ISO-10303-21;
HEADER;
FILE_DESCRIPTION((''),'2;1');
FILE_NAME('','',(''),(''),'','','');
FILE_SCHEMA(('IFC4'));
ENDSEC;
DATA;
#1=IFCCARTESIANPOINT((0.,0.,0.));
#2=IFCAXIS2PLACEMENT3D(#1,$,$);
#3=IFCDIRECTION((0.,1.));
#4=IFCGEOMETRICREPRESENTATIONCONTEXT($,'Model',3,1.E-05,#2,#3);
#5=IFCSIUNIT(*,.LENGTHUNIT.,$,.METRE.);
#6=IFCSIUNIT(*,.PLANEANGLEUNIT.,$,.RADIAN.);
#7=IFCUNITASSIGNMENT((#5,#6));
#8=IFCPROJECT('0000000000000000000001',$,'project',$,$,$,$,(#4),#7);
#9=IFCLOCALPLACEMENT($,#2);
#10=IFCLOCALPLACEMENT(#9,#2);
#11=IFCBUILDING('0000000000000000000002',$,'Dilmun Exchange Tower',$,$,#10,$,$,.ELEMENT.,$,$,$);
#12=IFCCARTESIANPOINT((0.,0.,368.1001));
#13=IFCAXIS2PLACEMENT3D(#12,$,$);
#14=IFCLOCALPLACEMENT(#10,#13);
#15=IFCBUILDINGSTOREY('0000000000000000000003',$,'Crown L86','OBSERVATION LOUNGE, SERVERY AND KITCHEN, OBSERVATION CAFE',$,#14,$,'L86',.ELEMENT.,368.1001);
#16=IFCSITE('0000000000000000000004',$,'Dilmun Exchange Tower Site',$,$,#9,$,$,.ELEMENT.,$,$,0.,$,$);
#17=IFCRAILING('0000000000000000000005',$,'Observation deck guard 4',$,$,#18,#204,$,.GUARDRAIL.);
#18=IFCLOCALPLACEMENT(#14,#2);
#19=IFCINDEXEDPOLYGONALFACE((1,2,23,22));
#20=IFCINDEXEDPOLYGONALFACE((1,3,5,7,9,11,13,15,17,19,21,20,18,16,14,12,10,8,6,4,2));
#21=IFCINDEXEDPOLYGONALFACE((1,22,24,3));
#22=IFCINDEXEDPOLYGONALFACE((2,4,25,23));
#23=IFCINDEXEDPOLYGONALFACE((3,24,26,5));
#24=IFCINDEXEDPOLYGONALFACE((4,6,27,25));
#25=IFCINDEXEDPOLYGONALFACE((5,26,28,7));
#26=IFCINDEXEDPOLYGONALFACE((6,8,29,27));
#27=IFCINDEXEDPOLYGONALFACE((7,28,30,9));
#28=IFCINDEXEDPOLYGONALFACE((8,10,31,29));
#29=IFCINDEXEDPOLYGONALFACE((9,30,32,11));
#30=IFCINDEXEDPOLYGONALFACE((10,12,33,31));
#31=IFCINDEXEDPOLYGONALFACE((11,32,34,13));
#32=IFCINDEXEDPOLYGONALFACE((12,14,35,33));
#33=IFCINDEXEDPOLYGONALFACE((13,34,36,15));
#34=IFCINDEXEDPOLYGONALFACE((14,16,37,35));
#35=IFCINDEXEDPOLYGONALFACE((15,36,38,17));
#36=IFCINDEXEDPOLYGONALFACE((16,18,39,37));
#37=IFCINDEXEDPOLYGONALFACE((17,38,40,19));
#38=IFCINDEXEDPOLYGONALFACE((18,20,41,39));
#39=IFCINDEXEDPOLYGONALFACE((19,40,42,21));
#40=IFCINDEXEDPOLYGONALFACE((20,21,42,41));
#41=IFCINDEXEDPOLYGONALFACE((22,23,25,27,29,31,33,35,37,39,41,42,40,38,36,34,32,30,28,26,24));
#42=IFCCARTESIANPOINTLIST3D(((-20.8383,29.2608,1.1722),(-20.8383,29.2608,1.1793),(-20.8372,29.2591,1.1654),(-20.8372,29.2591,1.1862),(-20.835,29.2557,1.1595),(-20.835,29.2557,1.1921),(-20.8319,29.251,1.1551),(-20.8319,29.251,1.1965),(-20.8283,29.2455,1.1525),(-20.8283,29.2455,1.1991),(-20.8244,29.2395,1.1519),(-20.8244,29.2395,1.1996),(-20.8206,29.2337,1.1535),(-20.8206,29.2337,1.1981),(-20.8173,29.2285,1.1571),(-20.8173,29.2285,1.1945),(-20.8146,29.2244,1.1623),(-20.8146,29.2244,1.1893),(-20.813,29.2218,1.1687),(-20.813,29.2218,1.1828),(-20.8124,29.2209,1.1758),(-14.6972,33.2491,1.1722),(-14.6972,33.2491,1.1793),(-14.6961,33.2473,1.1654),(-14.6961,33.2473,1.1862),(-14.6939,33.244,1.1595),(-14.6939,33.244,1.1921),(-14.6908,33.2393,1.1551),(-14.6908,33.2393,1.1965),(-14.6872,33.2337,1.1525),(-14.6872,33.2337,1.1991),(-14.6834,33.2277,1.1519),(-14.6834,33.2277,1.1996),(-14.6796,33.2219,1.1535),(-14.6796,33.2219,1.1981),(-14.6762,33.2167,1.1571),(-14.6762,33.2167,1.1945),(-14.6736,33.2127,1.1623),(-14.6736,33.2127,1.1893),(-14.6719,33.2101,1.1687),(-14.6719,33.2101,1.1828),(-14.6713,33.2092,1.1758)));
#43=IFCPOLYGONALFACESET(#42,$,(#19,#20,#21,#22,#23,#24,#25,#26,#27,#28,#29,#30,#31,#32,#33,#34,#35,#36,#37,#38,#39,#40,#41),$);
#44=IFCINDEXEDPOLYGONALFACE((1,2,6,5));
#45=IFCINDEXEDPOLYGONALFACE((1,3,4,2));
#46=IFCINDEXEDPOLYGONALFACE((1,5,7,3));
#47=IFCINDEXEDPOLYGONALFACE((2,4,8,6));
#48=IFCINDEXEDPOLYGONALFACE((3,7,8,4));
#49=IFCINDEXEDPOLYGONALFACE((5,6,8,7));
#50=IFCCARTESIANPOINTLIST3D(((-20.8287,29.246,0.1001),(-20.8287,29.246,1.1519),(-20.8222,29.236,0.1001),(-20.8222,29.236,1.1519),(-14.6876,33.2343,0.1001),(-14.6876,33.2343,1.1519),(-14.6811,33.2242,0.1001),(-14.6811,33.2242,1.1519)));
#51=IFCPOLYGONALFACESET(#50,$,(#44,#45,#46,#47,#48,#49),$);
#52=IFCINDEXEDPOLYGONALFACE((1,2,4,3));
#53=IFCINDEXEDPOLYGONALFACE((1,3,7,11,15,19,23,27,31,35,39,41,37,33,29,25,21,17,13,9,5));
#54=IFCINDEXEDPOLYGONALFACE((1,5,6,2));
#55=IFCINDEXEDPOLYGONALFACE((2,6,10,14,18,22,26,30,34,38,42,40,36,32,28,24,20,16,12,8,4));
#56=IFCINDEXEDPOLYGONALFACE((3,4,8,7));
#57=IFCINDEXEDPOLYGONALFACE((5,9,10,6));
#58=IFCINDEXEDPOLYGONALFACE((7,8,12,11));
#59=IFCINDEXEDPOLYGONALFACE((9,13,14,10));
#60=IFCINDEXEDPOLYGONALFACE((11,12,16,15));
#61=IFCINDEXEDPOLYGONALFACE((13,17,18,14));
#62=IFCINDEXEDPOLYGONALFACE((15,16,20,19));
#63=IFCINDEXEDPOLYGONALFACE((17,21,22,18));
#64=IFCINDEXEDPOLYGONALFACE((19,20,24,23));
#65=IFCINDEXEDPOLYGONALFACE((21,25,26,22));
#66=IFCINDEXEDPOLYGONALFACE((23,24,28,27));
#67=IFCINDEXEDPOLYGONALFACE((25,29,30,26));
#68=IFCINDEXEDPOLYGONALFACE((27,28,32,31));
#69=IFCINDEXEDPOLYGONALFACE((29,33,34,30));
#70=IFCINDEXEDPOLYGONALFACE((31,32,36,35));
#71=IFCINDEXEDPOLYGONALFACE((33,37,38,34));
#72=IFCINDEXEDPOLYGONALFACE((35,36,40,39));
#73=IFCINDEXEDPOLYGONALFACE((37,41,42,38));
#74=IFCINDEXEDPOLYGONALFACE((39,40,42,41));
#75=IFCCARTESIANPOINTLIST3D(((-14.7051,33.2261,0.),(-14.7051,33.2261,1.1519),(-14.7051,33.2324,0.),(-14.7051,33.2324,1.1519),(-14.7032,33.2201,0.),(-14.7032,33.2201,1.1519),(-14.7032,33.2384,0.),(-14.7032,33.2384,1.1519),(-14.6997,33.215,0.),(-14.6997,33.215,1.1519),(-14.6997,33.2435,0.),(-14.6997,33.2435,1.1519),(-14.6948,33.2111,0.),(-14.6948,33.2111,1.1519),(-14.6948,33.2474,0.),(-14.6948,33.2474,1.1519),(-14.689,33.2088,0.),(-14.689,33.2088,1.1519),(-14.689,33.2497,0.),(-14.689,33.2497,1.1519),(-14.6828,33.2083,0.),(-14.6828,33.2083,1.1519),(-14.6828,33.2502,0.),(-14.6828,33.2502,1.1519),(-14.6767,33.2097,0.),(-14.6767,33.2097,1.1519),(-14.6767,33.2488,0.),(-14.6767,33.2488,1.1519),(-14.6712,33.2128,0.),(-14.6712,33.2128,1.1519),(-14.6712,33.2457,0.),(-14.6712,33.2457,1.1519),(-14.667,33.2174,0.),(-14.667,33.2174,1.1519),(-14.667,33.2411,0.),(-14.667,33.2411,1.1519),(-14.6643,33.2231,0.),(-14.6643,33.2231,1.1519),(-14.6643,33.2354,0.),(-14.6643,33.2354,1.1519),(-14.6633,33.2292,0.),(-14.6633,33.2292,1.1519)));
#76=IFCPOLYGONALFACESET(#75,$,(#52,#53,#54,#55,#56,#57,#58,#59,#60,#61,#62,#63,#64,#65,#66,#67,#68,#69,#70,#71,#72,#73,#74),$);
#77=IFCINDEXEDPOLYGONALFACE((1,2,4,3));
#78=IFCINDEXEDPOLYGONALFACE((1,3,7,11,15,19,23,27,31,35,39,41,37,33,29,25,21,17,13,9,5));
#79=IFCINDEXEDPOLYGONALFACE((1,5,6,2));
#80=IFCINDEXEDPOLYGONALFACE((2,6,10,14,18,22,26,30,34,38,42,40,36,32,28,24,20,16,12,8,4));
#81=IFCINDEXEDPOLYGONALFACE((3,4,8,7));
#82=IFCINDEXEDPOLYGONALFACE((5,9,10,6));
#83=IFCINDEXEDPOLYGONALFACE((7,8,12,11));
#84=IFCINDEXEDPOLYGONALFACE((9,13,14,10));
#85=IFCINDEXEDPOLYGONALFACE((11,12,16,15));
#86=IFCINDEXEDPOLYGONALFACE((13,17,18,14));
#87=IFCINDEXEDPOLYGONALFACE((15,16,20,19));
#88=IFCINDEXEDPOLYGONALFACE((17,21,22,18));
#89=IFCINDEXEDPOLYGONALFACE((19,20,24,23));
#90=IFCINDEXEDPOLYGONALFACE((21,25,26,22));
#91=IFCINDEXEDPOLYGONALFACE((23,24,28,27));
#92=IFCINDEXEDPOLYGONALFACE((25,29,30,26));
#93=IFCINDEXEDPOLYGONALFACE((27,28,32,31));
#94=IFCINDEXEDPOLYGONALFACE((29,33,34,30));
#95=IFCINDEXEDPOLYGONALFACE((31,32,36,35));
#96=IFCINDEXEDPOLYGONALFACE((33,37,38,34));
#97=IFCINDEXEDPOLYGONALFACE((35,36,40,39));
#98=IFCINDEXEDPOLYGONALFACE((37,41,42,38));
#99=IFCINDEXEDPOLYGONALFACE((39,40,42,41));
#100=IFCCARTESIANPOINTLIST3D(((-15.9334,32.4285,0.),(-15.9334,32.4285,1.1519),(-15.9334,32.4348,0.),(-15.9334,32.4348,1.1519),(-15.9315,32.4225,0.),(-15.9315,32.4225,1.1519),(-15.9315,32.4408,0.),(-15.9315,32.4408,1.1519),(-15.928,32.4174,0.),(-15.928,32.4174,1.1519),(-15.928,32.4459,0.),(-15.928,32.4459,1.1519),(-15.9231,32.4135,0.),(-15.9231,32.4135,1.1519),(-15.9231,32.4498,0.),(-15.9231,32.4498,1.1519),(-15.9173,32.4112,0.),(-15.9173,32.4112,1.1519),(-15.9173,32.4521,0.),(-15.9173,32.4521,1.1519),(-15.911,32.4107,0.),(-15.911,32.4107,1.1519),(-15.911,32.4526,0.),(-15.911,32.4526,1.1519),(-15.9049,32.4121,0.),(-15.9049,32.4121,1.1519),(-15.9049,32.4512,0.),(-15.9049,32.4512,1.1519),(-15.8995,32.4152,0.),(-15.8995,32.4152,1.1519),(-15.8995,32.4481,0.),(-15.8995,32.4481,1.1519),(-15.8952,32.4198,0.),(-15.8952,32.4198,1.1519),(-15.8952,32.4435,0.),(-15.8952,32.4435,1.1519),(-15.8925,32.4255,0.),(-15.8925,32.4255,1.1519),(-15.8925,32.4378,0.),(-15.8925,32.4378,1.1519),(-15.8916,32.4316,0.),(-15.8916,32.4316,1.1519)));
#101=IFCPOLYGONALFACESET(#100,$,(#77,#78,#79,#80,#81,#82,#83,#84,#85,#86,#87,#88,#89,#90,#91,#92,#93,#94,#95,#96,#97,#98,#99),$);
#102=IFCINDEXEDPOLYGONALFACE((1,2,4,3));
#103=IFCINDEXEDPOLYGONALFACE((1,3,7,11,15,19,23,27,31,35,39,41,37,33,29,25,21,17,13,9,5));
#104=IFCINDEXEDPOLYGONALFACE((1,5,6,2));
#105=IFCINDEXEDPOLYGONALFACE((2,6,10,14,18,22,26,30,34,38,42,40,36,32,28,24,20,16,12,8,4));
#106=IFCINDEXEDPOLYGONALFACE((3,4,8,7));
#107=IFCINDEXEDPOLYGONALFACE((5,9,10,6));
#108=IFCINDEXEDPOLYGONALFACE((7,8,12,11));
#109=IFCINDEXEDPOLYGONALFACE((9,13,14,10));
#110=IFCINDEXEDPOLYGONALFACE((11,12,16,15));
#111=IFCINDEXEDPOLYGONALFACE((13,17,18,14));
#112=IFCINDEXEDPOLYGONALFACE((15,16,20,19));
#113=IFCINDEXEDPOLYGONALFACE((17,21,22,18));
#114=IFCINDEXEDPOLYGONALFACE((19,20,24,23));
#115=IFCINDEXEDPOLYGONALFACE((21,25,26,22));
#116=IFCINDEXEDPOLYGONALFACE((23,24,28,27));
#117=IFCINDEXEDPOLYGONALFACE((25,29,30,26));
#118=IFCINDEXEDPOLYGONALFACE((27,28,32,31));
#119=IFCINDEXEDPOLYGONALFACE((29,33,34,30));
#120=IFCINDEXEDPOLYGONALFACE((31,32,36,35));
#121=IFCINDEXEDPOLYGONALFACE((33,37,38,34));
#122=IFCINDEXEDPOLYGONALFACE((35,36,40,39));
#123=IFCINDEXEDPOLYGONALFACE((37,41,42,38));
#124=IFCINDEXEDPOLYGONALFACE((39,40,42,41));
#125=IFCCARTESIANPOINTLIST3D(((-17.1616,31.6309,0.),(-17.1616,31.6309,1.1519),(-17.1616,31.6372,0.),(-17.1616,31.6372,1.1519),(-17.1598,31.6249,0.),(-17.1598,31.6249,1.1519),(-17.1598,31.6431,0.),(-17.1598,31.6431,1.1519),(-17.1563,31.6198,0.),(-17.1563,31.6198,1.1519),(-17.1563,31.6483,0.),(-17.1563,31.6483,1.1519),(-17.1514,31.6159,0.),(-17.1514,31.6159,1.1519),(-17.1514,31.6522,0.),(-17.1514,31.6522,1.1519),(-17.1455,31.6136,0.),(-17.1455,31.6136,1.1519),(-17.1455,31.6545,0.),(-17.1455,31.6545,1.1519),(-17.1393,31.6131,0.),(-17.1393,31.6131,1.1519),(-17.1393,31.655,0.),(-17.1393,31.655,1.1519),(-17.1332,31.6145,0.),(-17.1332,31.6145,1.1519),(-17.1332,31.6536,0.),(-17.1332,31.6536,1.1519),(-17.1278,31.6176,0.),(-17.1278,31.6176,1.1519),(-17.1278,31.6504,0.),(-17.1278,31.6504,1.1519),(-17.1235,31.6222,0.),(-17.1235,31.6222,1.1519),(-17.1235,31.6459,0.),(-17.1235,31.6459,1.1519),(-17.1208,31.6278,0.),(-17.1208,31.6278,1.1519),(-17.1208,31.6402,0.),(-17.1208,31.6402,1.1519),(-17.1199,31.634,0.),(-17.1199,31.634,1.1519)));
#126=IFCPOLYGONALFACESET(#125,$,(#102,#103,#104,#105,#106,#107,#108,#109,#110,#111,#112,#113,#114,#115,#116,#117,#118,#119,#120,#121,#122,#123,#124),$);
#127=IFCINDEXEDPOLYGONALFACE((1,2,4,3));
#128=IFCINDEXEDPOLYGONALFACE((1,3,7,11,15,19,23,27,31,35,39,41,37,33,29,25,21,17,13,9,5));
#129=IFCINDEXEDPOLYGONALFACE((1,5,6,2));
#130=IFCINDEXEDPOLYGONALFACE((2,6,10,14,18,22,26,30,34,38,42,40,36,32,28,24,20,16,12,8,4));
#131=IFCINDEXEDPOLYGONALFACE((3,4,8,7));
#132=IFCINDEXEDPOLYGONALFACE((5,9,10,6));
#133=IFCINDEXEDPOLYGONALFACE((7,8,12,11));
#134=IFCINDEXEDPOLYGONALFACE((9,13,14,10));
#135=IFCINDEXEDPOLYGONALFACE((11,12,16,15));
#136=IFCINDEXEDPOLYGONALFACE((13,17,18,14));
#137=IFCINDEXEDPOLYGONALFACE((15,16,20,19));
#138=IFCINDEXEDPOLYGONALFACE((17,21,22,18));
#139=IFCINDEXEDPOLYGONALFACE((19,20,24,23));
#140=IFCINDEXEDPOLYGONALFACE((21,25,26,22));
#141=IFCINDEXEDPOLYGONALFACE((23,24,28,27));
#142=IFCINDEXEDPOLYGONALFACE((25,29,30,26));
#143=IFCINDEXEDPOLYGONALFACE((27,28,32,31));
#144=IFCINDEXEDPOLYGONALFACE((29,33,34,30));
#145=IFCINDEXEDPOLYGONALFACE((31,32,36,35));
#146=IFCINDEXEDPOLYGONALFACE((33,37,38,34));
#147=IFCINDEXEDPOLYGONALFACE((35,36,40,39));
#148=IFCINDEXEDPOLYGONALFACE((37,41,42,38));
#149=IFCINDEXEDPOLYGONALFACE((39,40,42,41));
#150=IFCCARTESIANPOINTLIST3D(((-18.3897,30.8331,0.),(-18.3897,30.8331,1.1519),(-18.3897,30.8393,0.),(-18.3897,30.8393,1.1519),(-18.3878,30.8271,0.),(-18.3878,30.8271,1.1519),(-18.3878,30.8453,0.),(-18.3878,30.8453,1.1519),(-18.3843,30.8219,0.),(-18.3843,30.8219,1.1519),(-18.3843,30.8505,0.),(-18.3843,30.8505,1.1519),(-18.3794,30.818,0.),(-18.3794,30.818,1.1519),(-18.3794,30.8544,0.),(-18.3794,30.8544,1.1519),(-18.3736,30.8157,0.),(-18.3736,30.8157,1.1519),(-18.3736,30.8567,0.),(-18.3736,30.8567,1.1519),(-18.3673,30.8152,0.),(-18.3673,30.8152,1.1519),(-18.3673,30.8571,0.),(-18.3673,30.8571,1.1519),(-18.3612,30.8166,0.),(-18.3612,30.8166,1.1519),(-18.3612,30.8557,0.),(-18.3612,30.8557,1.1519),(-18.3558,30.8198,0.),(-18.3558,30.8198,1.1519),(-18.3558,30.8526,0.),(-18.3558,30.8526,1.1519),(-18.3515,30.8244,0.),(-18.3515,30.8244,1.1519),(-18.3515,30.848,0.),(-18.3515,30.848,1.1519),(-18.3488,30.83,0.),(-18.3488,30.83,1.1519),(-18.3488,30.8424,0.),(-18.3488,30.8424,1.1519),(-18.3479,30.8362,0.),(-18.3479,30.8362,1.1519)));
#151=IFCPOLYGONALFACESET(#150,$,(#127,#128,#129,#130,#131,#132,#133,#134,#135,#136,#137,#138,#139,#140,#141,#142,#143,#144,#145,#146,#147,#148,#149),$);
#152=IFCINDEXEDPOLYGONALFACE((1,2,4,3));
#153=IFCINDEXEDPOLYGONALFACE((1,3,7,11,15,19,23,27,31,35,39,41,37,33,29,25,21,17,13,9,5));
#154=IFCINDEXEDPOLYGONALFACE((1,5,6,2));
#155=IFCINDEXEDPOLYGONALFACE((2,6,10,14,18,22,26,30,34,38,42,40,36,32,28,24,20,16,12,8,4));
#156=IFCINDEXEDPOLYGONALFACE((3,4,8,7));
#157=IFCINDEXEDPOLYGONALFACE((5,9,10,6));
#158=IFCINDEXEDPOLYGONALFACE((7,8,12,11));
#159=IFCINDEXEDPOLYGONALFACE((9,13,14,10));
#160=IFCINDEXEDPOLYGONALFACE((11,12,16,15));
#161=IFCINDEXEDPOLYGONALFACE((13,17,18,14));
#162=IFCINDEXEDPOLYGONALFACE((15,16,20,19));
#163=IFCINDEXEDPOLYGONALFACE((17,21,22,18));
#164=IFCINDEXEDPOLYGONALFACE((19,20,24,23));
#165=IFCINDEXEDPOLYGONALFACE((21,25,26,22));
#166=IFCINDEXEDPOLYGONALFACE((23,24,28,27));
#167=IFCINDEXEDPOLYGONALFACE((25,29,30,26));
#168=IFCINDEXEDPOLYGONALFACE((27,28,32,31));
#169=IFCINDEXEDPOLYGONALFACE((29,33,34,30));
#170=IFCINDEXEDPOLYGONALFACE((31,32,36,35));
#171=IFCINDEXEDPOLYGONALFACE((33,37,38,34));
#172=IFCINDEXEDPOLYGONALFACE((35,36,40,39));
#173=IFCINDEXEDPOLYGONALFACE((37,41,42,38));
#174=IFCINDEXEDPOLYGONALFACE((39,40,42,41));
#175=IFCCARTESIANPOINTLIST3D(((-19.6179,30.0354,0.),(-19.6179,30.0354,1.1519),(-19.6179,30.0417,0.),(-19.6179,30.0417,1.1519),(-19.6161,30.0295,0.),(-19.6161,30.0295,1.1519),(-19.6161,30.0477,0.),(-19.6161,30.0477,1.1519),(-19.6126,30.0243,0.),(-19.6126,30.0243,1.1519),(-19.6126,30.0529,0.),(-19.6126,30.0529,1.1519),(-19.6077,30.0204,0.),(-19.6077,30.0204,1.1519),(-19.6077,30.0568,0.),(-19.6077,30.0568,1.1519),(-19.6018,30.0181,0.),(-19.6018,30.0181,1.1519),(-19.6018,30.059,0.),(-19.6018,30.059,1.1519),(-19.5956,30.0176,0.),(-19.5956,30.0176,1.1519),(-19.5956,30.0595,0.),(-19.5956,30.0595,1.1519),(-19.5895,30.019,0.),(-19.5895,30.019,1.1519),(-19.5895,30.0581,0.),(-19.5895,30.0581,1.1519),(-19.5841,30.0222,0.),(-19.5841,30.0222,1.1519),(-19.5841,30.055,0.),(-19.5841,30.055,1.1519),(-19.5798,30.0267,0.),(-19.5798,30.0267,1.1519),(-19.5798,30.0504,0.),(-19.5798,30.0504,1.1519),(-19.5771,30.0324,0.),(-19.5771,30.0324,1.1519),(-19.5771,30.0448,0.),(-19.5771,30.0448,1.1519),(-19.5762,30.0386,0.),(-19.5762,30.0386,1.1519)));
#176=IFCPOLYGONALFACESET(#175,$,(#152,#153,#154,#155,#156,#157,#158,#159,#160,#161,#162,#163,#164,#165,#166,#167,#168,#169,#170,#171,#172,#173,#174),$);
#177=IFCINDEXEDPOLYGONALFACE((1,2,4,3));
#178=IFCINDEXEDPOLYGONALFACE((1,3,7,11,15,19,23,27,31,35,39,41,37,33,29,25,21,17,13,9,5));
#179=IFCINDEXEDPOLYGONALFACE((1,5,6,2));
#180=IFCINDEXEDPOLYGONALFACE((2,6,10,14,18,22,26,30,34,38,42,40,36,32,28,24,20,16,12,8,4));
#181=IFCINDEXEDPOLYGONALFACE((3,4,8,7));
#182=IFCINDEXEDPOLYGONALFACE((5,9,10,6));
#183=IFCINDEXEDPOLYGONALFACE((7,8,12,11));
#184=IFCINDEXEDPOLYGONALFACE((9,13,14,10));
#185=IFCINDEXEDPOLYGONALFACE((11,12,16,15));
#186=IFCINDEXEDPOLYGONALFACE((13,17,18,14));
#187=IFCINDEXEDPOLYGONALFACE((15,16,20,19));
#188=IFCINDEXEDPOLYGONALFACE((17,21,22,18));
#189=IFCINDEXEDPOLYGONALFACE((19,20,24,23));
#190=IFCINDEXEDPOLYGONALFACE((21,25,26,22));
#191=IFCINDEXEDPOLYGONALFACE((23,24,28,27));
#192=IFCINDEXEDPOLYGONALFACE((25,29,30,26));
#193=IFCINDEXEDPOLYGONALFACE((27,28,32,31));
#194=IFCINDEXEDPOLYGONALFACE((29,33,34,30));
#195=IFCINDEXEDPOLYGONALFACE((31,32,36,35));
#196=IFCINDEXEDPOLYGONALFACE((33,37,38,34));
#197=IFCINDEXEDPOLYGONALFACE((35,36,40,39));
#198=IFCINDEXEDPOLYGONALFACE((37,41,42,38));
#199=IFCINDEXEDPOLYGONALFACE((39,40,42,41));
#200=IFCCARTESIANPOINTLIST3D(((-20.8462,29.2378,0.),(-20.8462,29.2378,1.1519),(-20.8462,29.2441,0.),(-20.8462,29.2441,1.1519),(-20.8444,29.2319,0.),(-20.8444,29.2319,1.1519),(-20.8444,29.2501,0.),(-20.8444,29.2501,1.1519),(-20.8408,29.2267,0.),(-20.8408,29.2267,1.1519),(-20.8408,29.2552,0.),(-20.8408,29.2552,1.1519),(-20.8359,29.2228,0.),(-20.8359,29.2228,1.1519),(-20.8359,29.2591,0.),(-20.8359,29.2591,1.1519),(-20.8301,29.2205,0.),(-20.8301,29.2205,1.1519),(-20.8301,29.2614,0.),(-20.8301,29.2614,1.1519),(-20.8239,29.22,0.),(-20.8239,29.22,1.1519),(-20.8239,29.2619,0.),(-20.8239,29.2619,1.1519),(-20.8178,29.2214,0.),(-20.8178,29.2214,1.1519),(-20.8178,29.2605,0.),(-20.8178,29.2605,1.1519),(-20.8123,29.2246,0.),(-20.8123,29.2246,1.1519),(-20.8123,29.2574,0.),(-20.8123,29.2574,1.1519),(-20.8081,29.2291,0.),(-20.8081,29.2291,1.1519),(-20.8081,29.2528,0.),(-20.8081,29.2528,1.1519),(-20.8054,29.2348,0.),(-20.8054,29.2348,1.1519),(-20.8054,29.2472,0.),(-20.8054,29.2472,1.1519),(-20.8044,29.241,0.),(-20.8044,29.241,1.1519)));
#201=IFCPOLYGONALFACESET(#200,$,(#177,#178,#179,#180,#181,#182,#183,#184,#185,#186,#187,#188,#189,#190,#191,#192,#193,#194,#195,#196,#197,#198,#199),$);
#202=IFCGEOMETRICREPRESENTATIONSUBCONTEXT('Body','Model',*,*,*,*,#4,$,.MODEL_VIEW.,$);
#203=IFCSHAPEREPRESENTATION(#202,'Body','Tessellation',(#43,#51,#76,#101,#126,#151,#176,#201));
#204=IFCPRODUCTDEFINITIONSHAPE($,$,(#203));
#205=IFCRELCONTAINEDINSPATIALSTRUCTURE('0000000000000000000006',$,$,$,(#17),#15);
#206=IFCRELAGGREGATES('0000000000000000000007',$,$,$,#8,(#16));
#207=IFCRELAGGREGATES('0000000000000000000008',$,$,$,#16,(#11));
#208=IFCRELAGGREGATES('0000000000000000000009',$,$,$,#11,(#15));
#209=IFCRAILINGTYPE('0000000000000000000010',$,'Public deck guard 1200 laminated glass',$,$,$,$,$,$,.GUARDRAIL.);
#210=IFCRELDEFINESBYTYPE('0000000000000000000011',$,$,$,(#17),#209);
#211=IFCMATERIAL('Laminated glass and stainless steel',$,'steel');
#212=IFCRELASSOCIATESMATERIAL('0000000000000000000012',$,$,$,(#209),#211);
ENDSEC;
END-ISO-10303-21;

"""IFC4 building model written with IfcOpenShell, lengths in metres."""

from ifc_helpers import new_model, si_unit, direction, frame, origin, origin_2d, place, context, subcontext, project, spatial, rectangle, circle, extrude, material, type_object, element, save


model = new_model("IFC4")

# Units and contexts
model_context = context("Model", 3, precision=1e-05, world=origin(), true_north=direction((0.0, 1.0)))
body_context = subcontext(model_context, "Body", "Model", "MODEL_VIEW")
ifc_project = project(units=[si_unit("LENGTHUNIT", "METRE"), si_unit("PLANEANGLEUNIT", "RADIAN")], contexts=[model_context])

# Site, building, storey
site_placement = place(None, origin())
site = spatial("IfcSite", under=ifc_project, at=site_placement, Name="Dilmun Exchange Tower Site", CompositionType="ELEMENT", RefElevation=0.0)
building_placement = place(site_placement, origin())
building = spatial("IfcBuilding", under=site, at=building_placement, Name="Dilmun Exchange Tower", CompositionType="ELEMENT")
storey_placement = place(building_placement, frame((0.0, 0.0, 368.1001)))
storey = spatial("IfcBuildingStorey", under=building, at=storey_placement, Name="Crown L86", Description="OBSERVATION LOUNGE, SERVERY AND KITCHEN, OBSERVATION CAFE", LongName="L86", CompositionType="ELEMENT", Elevation=368.1001)

# Railing
ifc_material_1 = material(Name="Laminated glass and stainless steel", Category="steel")
railing_type = type_object("IfcRailingType", Name="Public deck guard 1200 laminated glass", PredefinedType="GUARDRAIL", material=ifc_material_1)
railing_1_placement = place(storey_placement, frame((-14.6843, 33.2292, 0.0)))
element("IfcRailing", 1, at=railing_1_placement, inside=storey, type_object=railing_type, Name="Observation deck guard 4", PredefinedType="GUARDRAIL", context=body_context, shape_type="SweptSolid", body=[
    extrude(circle(Radius=0.0239, at=origin_2d()), frame((0.0, 0.0, 1.1758), z_axis=(-0.838658, -0.544658, 0.0), x_axis=(0.544658, -0.838658, 0.0)), (0.0, 0.0, 1.0), 7.3225),
    extrude(rectangle(XDim=0.012, YDim=1.0518, at=origin_2d()), frame((0.0, 0.0, 0.626), z_axis=(-0.838658, -0.544658, 0.0), x_axis=(0.544658, -0.838658, 0.0)), (0.0, 0.0, 1.0), 7.3225),
    extrude(circle(Radius=0.021, at=origin_2d()), origin(), (0.0, 0.0, 1.0), 1.1519),
    extrude(circle(Radius=0.021, at=origin_2d()), frame((-1.2283, -0.7976, 0.0)), (0.0, 0.0, 1.0), 1.1519),
    extrude(circle(Radius=0.021, at=origin_2d()), frame((-2.4565, -1.5952, 0.0)), (0.0, 0.0, 1.0), 1.1519),
    extrude(circle(Radius=0.021, at=origin_2d()), frame((-3.6846, -2.3931, 0.0)), (0.0, 0.0, 1.0), 1.1519),
    extrude(circle(Radius=0.021, at=origin_2d()), frame((-4.9128, -3.1907, 0.0)), (0.0, 0.0, 1.0), 1.1519),
    extrude(circle(Radius=0.021, at=origin_2d()), frame((-6.1411, -3.9883, 0.0)), (0.0, 0.0, 1.0), 1.1519),
])

save(model, "model.ifc")
